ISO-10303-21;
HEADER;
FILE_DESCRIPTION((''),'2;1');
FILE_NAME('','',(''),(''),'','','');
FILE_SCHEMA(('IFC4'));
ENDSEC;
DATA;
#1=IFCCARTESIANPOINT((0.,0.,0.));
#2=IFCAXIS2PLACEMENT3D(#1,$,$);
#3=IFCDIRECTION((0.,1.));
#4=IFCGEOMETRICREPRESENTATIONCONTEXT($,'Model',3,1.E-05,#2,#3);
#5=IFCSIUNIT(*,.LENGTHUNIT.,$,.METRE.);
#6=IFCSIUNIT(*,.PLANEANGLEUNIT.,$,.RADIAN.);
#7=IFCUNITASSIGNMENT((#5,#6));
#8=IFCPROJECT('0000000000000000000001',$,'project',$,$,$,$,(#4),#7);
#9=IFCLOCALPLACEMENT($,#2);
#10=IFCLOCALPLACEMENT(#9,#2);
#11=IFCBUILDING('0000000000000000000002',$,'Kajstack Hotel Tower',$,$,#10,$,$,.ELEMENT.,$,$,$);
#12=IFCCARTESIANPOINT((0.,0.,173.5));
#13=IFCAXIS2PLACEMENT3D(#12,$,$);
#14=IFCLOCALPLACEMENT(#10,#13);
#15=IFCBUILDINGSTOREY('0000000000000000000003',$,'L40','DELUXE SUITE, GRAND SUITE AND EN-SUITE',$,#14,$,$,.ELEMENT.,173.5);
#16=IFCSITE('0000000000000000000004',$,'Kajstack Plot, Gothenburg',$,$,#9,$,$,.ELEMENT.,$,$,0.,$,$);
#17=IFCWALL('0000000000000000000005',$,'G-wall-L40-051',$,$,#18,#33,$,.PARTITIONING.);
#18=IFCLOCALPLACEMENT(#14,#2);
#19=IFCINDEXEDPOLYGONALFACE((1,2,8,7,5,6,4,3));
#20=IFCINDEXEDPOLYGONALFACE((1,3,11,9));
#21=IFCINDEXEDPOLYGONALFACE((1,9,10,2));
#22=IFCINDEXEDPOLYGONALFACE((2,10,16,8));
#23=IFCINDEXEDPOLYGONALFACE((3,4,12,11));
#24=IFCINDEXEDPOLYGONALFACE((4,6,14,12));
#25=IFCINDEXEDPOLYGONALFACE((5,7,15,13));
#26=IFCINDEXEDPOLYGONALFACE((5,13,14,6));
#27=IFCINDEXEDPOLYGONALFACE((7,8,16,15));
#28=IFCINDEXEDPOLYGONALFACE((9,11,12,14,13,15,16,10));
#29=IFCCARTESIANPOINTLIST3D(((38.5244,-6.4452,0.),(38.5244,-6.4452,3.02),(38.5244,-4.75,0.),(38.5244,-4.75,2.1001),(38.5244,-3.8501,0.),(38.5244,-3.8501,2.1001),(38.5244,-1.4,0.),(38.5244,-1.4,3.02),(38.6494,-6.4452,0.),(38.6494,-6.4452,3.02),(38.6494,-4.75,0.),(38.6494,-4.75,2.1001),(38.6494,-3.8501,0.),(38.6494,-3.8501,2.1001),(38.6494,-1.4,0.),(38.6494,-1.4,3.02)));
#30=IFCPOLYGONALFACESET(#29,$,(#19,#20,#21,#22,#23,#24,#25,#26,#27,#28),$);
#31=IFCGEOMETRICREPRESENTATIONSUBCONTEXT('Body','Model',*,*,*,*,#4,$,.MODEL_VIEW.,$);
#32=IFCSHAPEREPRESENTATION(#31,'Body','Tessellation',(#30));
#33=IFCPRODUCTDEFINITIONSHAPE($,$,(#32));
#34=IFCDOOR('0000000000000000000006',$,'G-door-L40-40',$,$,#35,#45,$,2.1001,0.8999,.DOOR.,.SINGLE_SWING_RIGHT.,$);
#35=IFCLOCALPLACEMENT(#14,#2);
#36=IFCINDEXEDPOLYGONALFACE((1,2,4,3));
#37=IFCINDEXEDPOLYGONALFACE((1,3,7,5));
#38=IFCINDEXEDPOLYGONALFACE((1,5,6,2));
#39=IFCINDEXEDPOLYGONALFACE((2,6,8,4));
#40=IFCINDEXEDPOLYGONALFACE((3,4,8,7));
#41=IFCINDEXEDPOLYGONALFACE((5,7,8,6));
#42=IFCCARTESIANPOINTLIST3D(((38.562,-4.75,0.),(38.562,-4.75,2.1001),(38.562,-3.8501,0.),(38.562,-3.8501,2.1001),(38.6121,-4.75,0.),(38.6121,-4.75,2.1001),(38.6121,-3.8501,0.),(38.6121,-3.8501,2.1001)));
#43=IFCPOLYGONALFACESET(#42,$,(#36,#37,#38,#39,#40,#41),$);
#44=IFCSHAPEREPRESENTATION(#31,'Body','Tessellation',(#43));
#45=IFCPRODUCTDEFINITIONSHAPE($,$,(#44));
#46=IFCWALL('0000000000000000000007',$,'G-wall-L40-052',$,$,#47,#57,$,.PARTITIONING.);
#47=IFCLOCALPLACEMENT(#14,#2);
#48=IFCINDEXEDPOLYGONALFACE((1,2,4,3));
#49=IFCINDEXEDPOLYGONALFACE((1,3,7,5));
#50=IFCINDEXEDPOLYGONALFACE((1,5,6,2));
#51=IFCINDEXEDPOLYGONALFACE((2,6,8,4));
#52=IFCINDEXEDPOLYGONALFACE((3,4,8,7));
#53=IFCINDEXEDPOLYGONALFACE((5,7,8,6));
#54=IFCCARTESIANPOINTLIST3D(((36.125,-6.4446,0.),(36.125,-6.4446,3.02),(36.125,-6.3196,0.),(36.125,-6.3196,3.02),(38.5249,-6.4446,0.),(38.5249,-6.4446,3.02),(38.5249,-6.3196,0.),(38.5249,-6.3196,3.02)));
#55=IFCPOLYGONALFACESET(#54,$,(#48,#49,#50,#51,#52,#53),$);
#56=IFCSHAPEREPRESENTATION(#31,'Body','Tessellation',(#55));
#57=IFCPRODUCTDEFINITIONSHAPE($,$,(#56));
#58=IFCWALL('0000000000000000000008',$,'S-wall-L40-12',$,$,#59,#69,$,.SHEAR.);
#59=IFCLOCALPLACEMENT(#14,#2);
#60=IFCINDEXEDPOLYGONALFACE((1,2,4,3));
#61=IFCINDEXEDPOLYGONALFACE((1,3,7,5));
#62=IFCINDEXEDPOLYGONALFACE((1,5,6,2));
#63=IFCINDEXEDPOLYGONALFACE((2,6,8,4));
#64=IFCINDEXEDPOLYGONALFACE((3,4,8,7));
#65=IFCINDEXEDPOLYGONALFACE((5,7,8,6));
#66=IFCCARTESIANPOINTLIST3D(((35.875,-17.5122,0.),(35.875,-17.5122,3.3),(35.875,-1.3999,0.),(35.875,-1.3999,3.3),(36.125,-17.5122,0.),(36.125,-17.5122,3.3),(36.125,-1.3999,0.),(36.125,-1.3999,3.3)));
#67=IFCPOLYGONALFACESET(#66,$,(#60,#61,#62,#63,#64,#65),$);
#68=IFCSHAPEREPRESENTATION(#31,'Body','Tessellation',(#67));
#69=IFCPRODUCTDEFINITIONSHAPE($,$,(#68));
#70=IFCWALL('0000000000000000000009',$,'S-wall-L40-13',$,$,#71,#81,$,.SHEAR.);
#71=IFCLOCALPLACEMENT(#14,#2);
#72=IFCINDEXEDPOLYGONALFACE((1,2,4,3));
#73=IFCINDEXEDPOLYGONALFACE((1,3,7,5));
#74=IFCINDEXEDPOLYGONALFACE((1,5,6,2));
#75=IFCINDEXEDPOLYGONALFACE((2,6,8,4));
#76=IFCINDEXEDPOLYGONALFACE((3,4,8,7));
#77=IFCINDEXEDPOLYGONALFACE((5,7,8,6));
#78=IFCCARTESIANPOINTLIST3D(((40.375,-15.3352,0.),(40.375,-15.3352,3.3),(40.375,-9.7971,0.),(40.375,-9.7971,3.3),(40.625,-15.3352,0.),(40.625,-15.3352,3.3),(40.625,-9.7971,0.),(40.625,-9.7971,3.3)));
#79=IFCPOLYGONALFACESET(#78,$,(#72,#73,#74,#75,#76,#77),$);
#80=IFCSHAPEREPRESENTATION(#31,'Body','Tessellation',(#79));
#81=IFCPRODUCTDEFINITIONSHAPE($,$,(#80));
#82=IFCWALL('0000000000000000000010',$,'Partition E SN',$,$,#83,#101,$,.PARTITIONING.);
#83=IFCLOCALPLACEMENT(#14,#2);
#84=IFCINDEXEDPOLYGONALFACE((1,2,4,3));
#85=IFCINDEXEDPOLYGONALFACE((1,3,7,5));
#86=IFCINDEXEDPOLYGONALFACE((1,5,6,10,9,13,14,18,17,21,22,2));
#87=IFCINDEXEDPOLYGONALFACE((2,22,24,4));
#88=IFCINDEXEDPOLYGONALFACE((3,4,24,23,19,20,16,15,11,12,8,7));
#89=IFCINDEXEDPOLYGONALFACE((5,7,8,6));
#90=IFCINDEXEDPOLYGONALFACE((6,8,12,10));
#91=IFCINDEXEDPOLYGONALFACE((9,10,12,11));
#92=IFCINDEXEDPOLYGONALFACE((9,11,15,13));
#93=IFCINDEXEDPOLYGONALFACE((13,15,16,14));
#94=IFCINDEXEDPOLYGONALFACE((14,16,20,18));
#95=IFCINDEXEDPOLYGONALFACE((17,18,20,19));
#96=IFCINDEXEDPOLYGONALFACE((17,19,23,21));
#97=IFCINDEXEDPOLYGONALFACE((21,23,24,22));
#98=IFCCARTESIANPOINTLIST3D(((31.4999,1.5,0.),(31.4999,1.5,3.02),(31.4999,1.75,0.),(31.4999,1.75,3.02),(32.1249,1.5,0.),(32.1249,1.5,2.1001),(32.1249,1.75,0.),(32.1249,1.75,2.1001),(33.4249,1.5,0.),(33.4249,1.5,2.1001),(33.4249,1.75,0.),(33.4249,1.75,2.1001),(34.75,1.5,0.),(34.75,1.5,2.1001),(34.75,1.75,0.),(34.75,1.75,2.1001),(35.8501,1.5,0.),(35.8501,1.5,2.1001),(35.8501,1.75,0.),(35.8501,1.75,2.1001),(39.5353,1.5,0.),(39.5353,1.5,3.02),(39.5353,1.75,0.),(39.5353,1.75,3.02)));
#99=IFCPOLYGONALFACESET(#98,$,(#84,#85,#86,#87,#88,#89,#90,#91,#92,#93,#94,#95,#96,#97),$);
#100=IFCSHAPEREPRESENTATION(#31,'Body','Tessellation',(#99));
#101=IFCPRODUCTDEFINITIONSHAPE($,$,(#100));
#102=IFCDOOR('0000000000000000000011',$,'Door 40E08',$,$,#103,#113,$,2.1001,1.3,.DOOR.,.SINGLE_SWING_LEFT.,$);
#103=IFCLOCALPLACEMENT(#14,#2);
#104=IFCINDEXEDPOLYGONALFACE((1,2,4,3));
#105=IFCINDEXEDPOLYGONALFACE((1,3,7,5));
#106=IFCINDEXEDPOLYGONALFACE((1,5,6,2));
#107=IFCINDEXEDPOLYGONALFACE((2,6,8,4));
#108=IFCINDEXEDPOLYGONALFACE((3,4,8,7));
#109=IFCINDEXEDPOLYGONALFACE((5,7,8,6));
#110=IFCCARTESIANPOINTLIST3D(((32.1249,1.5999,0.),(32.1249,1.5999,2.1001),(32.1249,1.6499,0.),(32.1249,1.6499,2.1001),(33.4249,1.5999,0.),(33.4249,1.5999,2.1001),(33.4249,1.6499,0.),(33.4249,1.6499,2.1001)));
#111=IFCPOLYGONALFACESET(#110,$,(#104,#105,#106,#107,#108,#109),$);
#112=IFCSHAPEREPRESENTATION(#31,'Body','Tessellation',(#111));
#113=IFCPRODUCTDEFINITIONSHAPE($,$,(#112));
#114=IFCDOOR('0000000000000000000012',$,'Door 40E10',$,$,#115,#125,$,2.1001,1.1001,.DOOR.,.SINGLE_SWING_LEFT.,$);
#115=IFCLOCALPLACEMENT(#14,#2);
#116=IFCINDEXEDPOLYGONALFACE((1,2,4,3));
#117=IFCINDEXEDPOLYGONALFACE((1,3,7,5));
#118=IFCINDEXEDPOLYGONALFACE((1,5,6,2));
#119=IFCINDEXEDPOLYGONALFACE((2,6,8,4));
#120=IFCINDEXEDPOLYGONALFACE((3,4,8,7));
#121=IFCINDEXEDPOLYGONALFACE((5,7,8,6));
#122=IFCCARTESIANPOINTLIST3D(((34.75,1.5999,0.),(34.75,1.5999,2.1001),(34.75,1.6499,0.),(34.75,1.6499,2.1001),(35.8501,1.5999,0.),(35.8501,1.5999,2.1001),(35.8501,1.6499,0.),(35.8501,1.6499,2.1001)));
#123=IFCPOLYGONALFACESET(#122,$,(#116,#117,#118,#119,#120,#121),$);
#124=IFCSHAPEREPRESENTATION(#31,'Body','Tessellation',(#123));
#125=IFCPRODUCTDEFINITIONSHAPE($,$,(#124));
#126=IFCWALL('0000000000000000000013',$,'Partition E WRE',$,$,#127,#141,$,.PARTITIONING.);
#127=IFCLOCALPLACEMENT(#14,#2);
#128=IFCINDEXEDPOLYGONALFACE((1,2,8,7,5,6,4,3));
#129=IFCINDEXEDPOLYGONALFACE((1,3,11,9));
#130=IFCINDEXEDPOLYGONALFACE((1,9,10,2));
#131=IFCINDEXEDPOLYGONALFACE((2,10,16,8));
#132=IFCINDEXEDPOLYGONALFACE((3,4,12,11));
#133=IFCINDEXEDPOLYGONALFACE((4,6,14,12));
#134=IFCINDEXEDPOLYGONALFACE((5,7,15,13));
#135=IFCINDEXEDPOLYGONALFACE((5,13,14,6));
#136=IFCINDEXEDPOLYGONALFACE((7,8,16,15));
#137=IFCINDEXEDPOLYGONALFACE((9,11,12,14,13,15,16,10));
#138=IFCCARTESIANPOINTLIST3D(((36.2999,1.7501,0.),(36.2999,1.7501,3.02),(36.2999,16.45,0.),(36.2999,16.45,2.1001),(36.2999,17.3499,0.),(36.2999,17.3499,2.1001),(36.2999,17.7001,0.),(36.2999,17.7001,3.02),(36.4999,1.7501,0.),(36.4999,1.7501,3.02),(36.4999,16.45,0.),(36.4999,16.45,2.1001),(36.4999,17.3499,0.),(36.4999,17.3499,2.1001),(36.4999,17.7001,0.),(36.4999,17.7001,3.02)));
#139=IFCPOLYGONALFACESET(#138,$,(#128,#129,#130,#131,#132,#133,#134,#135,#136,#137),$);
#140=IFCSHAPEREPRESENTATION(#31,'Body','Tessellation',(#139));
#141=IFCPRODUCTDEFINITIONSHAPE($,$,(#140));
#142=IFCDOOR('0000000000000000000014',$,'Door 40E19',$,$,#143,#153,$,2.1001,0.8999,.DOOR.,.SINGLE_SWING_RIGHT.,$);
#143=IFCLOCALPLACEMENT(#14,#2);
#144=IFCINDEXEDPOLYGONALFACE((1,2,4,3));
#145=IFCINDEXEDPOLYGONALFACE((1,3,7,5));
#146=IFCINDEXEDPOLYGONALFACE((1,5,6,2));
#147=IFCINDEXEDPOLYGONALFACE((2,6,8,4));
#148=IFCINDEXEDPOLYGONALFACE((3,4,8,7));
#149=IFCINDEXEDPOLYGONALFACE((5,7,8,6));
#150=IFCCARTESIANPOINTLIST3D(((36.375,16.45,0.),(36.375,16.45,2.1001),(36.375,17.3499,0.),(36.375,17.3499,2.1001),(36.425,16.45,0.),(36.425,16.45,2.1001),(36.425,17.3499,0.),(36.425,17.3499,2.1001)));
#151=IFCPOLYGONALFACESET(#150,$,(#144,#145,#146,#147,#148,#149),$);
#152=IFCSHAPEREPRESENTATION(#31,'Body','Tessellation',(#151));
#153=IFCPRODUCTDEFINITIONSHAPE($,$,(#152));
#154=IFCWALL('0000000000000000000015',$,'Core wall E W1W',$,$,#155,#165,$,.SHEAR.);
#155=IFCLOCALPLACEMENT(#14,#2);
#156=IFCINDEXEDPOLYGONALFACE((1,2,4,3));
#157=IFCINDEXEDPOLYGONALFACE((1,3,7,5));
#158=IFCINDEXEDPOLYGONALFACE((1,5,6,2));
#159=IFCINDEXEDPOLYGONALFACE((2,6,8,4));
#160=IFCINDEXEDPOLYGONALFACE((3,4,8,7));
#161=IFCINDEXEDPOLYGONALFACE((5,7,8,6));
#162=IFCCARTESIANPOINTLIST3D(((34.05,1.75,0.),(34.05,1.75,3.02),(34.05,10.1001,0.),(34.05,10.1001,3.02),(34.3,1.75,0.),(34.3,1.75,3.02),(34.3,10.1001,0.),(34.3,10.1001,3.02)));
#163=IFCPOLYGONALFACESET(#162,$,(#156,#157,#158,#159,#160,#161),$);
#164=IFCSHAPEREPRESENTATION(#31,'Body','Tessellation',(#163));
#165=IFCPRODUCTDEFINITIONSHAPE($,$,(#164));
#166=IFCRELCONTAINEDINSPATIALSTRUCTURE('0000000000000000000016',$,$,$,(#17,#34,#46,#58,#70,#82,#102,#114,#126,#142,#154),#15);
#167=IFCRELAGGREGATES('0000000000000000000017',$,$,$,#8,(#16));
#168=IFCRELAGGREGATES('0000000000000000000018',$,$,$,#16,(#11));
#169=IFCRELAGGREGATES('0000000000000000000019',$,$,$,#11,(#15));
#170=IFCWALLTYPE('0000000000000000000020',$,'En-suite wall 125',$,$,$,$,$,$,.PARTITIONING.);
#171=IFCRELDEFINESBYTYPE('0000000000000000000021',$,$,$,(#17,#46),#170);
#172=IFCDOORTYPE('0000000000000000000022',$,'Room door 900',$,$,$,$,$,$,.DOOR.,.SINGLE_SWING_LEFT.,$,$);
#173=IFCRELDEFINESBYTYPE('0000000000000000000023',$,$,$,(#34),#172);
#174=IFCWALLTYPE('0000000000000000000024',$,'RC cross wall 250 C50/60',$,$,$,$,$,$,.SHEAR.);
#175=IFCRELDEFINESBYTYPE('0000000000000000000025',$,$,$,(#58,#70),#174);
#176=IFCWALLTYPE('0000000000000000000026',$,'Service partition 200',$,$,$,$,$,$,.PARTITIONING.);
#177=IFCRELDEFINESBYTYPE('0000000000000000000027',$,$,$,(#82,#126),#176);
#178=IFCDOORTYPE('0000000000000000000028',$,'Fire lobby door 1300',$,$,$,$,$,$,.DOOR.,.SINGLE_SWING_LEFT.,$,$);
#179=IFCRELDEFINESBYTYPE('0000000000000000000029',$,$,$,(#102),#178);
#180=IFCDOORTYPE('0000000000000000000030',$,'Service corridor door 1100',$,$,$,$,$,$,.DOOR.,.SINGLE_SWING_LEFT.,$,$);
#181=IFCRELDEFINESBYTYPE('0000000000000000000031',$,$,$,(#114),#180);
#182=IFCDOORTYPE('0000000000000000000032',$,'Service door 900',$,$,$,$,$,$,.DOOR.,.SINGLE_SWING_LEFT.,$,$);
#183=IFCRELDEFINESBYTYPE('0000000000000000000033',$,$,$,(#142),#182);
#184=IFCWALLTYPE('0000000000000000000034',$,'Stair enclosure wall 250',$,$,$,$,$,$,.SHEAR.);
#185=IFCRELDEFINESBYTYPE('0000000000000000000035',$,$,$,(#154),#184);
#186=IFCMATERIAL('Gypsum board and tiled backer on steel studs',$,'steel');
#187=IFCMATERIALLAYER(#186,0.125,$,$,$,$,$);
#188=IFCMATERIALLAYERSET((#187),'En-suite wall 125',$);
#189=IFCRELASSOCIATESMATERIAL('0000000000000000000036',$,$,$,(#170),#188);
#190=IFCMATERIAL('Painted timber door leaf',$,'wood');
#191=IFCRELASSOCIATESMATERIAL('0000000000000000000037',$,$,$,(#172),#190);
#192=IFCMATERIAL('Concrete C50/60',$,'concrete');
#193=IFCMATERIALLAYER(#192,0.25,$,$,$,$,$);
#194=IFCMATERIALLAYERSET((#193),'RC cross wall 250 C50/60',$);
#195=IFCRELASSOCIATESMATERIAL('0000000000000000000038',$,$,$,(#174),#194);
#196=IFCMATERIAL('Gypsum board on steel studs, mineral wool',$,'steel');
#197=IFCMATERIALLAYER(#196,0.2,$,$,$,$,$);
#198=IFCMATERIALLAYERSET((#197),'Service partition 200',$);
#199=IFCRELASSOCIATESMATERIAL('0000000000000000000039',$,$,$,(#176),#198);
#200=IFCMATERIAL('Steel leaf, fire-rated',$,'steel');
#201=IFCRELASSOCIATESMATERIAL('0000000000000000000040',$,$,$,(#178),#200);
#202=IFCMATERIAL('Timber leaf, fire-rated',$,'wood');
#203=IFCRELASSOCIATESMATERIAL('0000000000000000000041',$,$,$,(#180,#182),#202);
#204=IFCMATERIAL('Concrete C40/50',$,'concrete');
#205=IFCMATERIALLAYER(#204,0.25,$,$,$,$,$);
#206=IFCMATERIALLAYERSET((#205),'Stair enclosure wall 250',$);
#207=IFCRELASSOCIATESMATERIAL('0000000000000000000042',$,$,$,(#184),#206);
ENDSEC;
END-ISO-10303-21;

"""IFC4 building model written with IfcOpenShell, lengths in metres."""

from ifc_helpers import new_model, si_unit, direction, frame, frame_2d, origin, place, context, subcontext, project, spatial, rectangle, extrude, material, layer, layer_set, type_object, element, fill, save


model = new_model("IFC4")

# Units and contexts
model_context = context("Model", 3, precision=1e-05, world=origin(), true_north=direction((0.0, 1.0)))
body_context = subcontext(model_context, "Body", "Model", "MODEL_VIEW")
ifc_project = project(units=[si_unit("LENGTHUNIT", "METRE"), si_unit("PLANEANGLEUNIT", "RADIAN")], contexts=[model_context])

# Site, building, storey
site_placement = place(None, origin())
site = spatial("IfcSite", under=ifc_project, at=site_placement, Name="Kajstack Plot, Gothenburg", CompositionType="ELEMENT", RefElevation=0.0)
building_placement = place(site_placement, origin())
building = spatial("IfcBuilding", under=site, at=building_placement, Name="Kajstack Hotel Tower", CompositionType="ELEMENT")
storey_placement = place(building_placement, frame((0.0, 0.0, 173.5)))
storey = spatial("IfcBuildingStorey", under=building, at=storey_placement, Name="L40", Description="DELUXE SUITE, GRAND SUITE AND EN-SUITE", CompositionType="ELEMENT", Elevation=173.5)

# Wall, opening, door
ifc_material_1 = material(Name="Gypsum board and tiled backer on steel studs", Category="steel")
ifc_layer_1 = layer(ifc_material_1, 0.125)
ifc_layer_set_1 = layer_set([ifc_layer_1], Name="En-suite wall 125")
wall_type_1 = type_object("IfcWallType", Name="En-suite wall 125", PredefinedType="PARTITIONING", material=ifc_layer_set_1)
wall_1_placement = place(storey_placement, frame((38.5869, -6.4451, 0.0), z_axis=(0.0, 0.0, 1.0), x_axis=(0.0, 1.0, 0.0)))
wall_1 = element("IfcWall", 1, at=wall_1_placement, inside=storey, type_object=wall_type_1, Name="G-wall-L40-051", PredefinedType="PARTITIONING", context=body_context, shape_type="SweptSolid", body=[
    extrude(rectangle(XDim=5.0452, YDim=0.125, at=frame_2d((2.5225, 0.0))), origin(), (0.0, 0.0, 1.0), 3.02),
])
opening_1_placement = place(wall_1_placement, frame((1.6951, 0.0, 0.0)))
opening_1 = element("IfcOpeningElement", 2, at=opening_1_placement, cuts=wall_1, PredefinedType="OPENING", context=body_context, shape_type="SweptSolid", body=[
    extrude(rectangle(XDim=0.8999, YDim=2.1001, at=frame_2d((0.45, 1.05))), frame((0.0, 0.0725, 0.0), z_axis=(0.0, -1.0, 0.0), x_axis=(1.0, 0.0, 0.0)), (0.0, 0.0, 1.0), 0.145),
])
ifc_material_2 = material(Name="Painted timber door leaf", Category="wood")
door_type_1 = type_object("IfcDoorType", Name="Room door 900", OperationType="SINGLE_SWING_LEFT", PredefinedType="DOOR", material=ifc_material_2)
door_1_placement = place(opening_1_placement, origin())
door_1 = element("IfcDoor", 3, at=door_1_placement, inside=storey, type_object=door_type_1, Name="G-door-L40-40", OperationType="SINGLE_SWING_RIGHT", OverallHeight=2.1001, OverallWidth=0.8999, PredefinedType="DOOR", context=body_context, shape_type="SweptSolid", body=[
    extrude(rectangle(XDim=0.8999, YDim=2.1001, at=frame_2d((0.45, 1.05))), frame((0.0, 0.0249, 0.0), z_axis=(0.0, -1.0, 0.0), x_axis=(1.0, 0.0, 0.0)), (0.0, 0.0, 1.0), 0.05),
])
fill(opening_1, door_1)

# Walls
wall_2_placement = place(storey_placement, frame((36.125, -6.3821, 0.0), z_axis=(0.0, 0.0, 1.0), x_axis=(1.0, 0.0, 0.0)))
element("IfcWall", 4, at=wall_2_placement, inside=storey, type_object=wall_type_1, Name="G-wall-L40-052", PredefinedType="PARTITIONING", context=body_context, shape_type="SweptSolid", body=[
    extrude(rectangle(XDim=2.3999, YDim=0.125, at=frame_2d((1.2, 0.0))), origin(), (0.0, 0.0, 1.0), 3.02),
])
ifc_material_3 = material(Name="Concrete C50/60", Category="concrete")
ifc_layer_2 = layer(ifc_material_3, 0.25)
ifc_layer_set_2 = layer_set([ifc_layer_2], Name="RC cross wall 250 C50/60")
wall_type_2 = type_object("IfcWallType", Name="RC cross wall 250 C50/60", PredefinedType="SHEAR", material=ifc_layer_set_2)
wall_3_placement = place(storey_placement, frame((36.0, -17.5122, 0.0), z_axis=(0.0, 0.0, 1.0), x_axis=(0.0, 1.0, 0.0)))
element("IfcWall", 5, at=wall_3_placement, inside=storey, type_object=wall_type_2, Name="S-wall-L40-12", PredefinedType="SHEAR", context=body_context, shape_type="SweptSolid", body=[
    extrude(rectangle(XDim=16.1123, YDim=0.25, at=frame_2d((8.0562, 0.0))), origin(), (0.0, 0.0, 1.0), 3.3),
])
wall_4_placement = place(storey_placement, frame((40.5, -15.3352, 0.0), z_axis=(0.0, 0.0, 1.0), x_axis=(0.0, 1.0, 0.0)))
element("IfcWall", 6, at=wall_4_placement, inside=storey, type_object=wall_type_2, Name="S-wall-L40-13", PredefinedType="SHEAR", context=body_context, shape_type="SweptSolid", body=[
    extrude(rectangle(XDim=5.5381, YDim=0.25, at=frame_2d((2.769, 0.0))), origin(), (0.0, 0.0, 1.0), 3.3),
])

# Wall, openings, doors
ifc_material_4 = material(Name="Gypsum board on steel studs, mineral wool", Category="steel")
ifc_layer_3 = layer(ifc_material_4, 0.2)
ifc_layer_set_3 = layer_set([ifc_layer_3], Name="Service partition 200")
wall_type_3 = type_object("IfcWallType", Name="Service partition 200", PredefinedType="PARTITIONING", material=ifc_layer_set_3)
wall_5_placement = place(storey_placement, frame((31.5, 1.625, 0.0), z_axis=(0.0, 0.0, 1.0), x_axis=(1.0, 0.0, 0.0)))
wall_5 = element("IfcWall", 7, at=wall_5_placement, inside=storey, type_object=wall_type_3, Name="Partition E SN", PredefinedType="PARTITIONING", context=body_context, shape_type="SweptSolid", body=[
    extrude(rectangle(XDim=8.0354, YDim=0.25, at=frame_2d((4.0176, 0.0))), origin(), (0.0, 0.0, 1.0), 3.02),
])
opening_2_placement = place(wall_5_placement, frame((0.625, 0.0, 0.0)))
opening_2 = element("IfcOpeningElement", 8, at=opening_2_placement, cuts=wall_5, PredefinedType="OPENING", context=body_context, shape_type="SweptSolid", body=[
    extrude(rectangle(XDim=1.3, YDim=2.1001, at=frame_2d((0.6499, 1.05))), frame((0.0, 0.135, 0.0), z_axis=(0.0, -1.0, 0.0), x_axis=(1.0, 0.0, 0.0)), (0.0, 0.0, 1.0), 0.27),
])
opening_3_placement = place(wall_5_placement, frame((3.25, 0.0, 0.0)))
opening_3 = element("IfcOpeningElement", 9, at=opening_3_placement, cuts=wall_5, PredefinedType="OPENING", context=body_context, shape_type="SweptSolid", body=[
    extrude(rectangle(XDim=1.1001, YDim=2.1001, at=frame_2d((0.55, 1.05))), frame((0.0, 0.135, 0.0), z_axis=(0.0, -1.0, 0.0), x_axis=(1.0, 0.0, 0.0)), (0.0, 0.0, 1.0), 0.27),
])
ifc_material_5 = material(Name="Steel leaf, fire-rated", Category="steel")
door_type_2 = type_object("IfcDoorType", Name="Fire lobby door 1300", OperationType="SINGLE_SWING_LEFT", PredefinedType="DOOR", material=ifc_material_5)
door_2_placement = place(opening_2_placement, origin())
door_2 = element("IfcDoor", 10, at=door_2_placement, inside=storey, type_object=door_type_2, Name="Door 40E08", OperationType="SINGLE_SWING_LEFT", OverallHeight=2.1001, OverallWidth=1.3, PredefinedType="DOOR", context=body_context, shape_type="SweptSolid", body=[
    extrude(rectangle(XDim=1.3, YDim=2.1001, at=frame_2d((0.6499, 1.05))), frame((0.0, 0.0249, 0.0), z_axis=(0.0, -1.0, 0.0), x_axis=(1.0, 0.0, 0.0)), (0.0, 0.0, 1.0), 0.05),
])
fill(opening_2, door_2)
ifc_material_6 = material(Name="Timber leaf, fire-rated", Category="wood")
door_type_3 = type_object("IfcDoorType", Name="Service corridor door 1100", OperationType="SINGLE_SWING_LEFT", PredefinedType="DOOR", material=ifc_material_6)
door_3_placement = place(opening_3_placement, origin())
door_3 = element("IfcDoor", 11, at=door_3_placement, inside=storey, type_object=door_type_3, Name="Door 40E10", OperationType="SINGLE_SWING_LEFT", OverallHeight=2.1001, OverallWidth=1.1001, PredefinedType="DOOR", context=body_context, shape_type="SweptSolid", body=[
    extrude(rectangle(XDim=1.1001, YDim=2.1001, at=frame_2d((0.55, 1.05))), frame((0.0, 0.0249, 0.0), z_axis=(0.0, -1.0, 0.0), x_axis=(1.0, 0.0, 0.0)), (0.0, 0.0, 1.0), 0.05),
])
fill(opening_3, door_3)

# Wall, opening, door
wall_6_placement = place(storey_placement, frame((36.3999, 1.75, 0.0), z_axis=(0.0, 0.0, 1.0), x_axis=(0.0, 1.0, 0.0)))
wall_6 = element("IfcWall", 12, at=wall_6_placement, inside=storey, type_object=wall_type_3, Name="Partition E WRE", PredefinedType="PARTITIONING", context=body_context, shape_type="SweptSolid", body=[
    extrude(rectangle(XDim=15.95, YDim=0.2, at=frame_2d((7.9751, 0.0))), origin(), (0.0, 0.0, 1.0), 3.02),
])
opening_4_placement = place(wall_6_placement, frame((14.7, 0.0, 0.0)))
opening_4 = element("IfcOpeningElement", 13, at=opening_4_placement, cuts=wall_6, PredefinedType="OPENING", context=body_context, shape_type="SweptSolid", body=[
    extrude(rectangle(XDim=0.8999, YDim=2.1001, at=frame_2d((0.45, 1.05))), frame((0.0, 0.1099, 0.0), z_axis=(0.0, -1.0, 0.0), x_axis=(1.0, 0.0, 0.0)), (0.0, 0.0, 1.0), 0.22),
])
door_type_4 = type_object("IfcDoorType", Name="Service door 900", OperationType="SINGLE_SWING_LEFT", PredefinedType="DOOR", material=ifc_material_6)
door_4_placement = place(opening_4_placement, origin())
door_4 = element("IfcDoor", 14, at=door_4_placement, inside=storey, type_object=door_type_4, Name="Door 40E19", OperationType="SINGLE_SWING_RIGHT", OverallHeight=2.1001, OverallWidth=0.8999, PredefinedType="DOOR", context=body_context, shape_type="SweptSolid", body=[
    extrude(rectangle(XDim=0.8999, YDim=2.1001, at=frame_2d((0.45, 1.05))), frame((0.0, 0.0249, 0.0), z_axis=(0.0, -1.0, 0.0), x_axis=(1.0, 0.0, 0.0)), (0.0, 0.0, 1.0), 0.05),
])
fill(opening_4, door_4)

# Wall
ifc_material_7 = material(Name="Concrete C40/50", Category="concrete")
ifc_layer_4 = layer(ifc_material_7, 0.25)
ifc_layer_set_4 = layer_set([ifc_layer_4], Name="Stair enclosure wall 250")
wall_type_4 = type_object("IfcWallType", Name="Stair enclosure wall 250", PredefinedType="SHEAR", material=ifc_layer_set_4)
wall_7_placement = place(storey_placement, frame((34.175, 1.75, 0.0), z_axis=(0.0, 0.0, 1.0), x_axis=(0.0, 1.0, 0.0)))
element("IfcWall", 15, at=wall_7_placement, inside=storey, type_object=wall_type_4, Name="Core wall E W1W", PredefinedType="SHEAR", context=body_context, shape_type="SweptSolid", body=[
    extrude(rectangle(XDim=8.3501, YDim=0.25, at=frame_2d((4.175, 0.0))), origin(), (0.0, 0.0, 1.0), 3.02),
])

save(model, "model.ifc")
